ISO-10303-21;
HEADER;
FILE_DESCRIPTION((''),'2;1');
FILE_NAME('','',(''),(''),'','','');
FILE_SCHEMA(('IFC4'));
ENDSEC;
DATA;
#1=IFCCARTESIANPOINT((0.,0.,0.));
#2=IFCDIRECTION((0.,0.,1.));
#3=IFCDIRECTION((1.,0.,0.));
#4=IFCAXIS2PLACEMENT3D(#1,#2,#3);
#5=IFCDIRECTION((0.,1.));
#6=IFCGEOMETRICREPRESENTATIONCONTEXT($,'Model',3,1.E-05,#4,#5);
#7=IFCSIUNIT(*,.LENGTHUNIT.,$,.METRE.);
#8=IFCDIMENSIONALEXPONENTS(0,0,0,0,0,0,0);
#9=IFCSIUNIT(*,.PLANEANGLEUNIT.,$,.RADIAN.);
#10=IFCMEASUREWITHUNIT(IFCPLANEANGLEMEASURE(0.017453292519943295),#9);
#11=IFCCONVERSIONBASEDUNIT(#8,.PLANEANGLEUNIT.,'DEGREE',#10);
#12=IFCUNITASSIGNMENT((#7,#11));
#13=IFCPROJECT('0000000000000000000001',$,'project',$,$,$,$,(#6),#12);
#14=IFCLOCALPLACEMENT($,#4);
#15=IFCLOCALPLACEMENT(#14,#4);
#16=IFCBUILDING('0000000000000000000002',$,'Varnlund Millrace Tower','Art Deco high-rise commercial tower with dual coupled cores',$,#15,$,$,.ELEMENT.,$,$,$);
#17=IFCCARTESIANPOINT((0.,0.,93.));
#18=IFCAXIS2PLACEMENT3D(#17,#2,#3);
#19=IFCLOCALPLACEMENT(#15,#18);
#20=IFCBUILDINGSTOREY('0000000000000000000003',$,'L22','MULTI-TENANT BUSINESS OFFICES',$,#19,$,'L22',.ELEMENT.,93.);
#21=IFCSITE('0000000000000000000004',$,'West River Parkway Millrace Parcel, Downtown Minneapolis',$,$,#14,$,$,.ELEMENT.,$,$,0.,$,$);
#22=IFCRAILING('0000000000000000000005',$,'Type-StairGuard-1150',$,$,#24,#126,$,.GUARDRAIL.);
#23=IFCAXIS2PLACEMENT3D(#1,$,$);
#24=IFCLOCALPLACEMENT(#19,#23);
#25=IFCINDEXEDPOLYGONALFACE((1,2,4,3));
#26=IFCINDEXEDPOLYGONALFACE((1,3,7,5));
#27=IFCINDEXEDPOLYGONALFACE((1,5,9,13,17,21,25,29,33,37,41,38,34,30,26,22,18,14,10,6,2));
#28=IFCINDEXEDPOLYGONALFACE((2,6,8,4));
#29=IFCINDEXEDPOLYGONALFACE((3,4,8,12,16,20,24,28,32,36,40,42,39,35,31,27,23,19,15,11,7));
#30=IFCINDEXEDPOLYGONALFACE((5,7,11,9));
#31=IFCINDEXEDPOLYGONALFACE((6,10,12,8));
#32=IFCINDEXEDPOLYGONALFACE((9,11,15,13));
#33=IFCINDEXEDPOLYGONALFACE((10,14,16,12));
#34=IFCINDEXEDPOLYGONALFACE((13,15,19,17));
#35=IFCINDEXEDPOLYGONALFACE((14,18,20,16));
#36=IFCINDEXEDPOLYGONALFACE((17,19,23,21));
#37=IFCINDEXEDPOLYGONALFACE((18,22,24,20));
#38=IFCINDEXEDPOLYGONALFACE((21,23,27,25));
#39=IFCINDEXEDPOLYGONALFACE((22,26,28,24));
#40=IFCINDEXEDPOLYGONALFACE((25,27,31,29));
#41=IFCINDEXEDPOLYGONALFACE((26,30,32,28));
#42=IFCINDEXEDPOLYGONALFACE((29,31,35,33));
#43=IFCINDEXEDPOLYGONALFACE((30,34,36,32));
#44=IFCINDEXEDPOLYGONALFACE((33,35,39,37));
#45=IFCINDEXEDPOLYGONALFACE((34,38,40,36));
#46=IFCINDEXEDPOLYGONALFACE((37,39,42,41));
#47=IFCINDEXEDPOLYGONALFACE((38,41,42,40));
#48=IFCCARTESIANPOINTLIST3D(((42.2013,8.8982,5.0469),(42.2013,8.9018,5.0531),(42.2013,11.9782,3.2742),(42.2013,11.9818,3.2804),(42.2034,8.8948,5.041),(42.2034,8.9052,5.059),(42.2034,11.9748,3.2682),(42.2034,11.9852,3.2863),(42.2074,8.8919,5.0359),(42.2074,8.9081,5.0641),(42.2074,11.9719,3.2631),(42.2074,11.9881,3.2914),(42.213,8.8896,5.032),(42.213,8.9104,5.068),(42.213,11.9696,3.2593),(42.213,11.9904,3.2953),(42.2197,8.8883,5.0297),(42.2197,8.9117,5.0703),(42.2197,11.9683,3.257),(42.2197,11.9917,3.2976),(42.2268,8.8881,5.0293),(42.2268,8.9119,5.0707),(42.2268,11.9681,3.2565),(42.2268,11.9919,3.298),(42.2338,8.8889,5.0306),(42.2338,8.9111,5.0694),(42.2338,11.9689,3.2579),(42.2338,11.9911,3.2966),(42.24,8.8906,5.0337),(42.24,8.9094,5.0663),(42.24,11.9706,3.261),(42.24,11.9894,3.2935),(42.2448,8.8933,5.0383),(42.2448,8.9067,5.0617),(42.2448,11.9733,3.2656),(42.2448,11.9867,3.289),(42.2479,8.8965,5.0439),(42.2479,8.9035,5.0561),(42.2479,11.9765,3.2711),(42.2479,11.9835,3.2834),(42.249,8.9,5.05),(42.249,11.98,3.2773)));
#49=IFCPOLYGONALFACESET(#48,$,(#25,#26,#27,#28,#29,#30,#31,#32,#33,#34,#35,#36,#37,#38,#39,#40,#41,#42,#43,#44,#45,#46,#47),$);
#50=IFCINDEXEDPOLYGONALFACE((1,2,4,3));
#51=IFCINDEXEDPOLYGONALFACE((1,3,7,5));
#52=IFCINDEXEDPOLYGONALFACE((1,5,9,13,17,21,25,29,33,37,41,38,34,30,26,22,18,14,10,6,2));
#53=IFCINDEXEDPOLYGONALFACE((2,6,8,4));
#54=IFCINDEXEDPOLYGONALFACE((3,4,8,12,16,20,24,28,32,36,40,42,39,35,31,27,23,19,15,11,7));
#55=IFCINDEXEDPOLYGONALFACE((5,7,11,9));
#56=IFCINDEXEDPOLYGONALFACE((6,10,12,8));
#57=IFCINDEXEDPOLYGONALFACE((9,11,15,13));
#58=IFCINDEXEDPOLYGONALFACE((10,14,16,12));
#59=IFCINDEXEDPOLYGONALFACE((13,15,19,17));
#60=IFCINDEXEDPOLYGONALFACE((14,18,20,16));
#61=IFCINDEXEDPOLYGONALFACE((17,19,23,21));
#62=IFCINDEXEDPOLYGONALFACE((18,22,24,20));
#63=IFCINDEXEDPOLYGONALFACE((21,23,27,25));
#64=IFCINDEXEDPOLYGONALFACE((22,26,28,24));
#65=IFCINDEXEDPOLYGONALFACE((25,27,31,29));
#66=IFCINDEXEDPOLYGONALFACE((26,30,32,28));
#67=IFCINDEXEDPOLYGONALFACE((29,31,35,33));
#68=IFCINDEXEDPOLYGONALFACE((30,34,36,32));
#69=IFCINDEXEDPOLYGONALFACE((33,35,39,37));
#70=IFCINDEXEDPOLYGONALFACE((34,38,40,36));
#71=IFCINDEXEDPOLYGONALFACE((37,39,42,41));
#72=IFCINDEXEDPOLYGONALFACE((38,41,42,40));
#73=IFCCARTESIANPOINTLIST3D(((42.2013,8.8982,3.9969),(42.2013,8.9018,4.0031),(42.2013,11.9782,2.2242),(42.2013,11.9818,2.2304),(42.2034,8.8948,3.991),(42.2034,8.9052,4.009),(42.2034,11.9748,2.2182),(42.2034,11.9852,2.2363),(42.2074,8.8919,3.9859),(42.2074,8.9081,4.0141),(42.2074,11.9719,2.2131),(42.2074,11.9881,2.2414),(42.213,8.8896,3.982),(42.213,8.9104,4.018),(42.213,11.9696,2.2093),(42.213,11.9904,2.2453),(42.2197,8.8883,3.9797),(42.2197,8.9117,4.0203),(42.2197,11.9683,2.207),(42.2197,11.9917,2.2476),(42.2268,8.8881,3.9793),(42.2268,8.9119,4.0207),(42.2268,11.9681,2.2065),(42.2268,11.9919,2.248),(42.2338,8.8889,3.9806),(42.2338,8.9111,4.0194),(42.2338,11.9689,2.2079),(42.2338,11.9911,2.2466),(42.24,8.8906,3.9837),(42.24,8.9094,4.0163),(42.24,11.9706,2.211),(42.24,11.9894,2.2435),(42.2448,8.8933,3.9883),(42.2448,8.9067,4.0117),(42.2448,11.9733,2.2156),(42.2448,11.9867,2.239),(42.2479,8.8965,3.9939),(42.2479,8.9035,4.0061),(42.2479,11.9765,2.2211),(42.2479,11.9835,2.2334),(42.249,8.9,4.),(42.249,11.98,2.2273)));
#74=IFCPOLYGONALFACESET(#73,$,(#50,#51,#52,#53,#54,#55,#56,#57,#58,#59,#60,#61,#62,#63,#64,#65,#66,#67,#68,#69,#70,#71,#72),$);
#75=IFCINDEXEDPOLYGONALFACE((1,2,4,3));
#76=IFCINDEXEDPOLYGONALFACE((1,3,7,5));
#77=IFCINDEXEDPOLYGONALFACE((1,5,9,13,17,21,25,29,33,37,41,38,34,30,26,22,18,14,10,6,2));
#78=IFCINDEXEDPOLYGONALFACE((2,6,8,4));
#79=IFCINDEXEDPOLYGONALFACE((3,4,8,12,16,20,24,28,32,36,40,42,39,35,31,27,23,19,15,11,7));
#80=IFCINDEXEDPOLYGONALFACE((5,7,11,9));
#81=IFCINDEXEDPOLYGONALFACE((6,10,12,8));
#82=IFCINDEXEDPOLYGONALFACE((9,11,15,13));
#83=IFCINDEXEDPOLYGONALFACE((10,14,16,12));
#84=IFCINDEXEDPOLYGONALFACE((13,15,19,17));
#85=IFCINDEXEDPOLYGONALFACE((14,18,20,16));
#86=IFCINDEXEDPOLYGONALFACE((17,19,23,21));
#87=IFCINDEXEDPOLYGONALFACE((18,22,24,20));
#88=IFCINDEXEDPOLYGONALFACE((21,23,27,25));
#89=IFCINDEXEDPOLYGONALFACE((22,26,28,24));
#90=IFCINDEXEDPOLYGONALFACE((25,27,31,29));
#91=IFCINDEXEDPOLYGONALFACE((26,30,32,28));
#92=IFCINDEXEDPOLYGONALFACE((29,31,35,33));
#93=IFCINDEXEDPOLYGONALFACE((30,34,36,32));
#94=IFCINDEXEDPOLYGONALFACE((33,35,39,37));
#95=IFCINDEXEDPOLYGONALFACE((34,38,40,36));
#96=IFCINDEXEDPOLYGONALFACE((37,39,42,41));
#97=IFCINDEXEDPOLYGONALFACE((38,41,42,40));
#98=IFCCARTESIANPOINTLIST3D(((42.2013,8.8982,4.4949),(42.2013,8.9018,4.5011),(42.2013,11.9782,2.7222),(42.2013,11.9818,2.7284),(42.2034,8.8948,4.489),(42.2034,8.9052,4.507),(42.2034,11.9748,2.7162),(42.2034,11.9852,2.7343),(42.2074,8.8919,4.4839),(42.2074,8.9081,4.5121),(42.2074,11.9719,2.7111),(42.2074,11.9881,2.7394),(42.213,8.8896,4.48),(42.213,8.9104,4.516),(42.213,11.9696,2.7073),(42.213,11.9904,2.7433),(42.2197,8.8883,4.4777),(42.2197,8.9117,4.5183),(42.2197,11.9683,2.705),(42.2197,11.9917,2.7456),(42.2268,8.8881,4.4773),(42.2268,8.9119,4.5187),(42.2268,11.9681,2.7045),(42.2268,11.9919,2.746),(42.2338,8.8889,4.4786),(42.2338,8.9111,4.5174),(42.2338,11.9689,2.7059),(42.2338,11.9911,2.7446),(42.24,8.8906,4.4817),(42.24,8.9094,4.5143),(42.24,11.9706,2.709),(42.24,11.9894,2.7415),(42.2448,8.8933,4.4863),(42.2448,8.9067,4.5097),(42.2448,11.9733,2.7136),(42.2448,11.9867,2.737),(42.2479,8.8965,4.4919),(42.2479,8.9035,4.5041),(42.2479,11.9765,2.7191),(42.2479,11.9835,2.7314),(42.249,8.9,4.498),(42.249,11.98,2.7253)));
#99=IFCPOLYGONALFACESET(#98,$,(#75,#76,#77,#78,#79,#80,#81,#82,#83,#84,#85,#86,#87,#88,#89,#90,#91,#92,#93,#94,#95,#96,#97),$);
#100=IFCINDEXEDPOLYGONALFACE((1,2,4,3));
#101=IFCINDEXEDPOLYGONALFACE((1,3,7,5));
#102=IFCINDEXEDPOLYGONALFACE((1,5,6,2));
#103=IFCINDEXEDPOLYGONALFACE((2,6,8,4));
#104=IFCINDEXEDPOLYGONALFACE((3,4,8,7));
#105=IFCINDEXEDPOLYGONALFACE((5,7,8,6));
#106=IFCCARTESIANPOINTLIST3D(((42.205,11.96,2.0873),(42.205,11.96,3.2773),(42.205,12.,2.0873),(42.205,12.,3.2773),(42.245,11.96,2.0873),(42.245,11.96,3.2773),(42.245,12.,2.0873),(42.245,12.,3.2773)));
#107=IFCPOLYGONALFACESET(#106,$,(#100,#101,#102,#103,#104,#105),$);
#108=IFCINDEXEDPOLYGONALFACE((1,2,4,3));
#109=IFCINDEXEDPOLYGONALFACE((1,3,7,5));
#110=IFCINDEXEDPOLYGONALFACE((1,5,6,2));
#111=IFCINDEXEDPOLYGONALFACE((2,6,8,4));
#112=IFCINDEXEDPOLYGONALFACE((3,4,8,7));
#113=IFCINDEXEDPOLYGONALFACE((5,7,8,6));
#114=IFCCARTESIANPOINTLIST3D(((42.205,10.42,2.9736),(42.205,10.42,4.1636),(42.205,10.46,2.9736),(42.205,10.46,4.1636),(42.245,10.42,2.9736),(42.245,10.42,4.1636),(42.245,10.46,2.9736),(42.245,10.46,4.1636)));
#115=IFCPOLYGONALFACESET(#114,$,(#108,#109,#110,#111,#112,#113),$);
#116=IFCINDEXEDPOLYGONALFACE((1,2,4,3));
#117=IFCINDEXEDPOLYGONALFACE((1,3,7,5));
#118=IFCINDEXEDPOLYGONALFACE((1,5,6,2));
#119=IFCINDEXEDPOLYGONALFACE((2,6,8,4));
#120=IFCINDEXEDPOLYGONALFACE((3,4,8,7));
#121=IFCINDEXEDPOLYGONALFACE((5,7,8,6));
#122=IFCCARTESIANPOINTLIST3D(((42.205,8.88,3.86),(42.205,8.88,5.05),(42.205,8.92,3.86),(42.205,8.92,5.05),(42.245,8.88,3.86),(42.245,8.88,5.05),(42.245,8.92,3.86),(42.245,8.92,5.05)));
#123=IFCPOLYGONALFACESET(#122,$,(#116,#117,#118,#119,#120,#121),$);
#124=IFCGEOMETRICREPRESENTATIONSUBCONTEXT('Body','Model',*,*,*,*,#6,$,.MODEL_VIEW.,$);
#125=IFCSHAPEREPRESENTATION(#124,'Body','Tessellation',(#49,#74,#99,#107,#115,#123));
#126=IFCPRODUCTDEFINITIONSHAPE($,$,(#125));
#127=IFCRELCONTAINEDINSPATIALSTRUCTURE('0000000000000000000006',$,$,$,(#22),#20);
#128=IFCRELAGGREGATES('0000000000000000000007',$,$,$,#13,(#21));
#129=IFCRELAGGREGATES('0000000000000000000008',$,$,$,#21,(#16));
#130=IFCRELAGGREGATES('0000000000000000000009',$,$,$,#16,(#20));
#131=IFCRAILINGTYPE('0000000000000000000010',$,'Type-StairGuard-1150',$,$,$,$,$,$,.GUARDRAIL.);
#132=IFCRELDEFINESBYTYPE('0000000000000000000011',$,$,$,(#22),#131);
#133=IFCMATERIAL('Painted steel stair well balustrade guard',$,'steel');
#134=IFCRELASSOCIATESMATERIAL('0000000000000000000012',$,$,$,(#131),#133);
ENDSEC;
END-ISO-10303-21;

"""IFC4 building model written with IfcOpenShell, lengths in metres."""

from ifc_helpers import new_model, entity, si_unit, converted_unit, direction, frame, origin_with_axes, origin_2d_with_axis, place, context, subcontext, project, spatial, rectangle, circle, extrude, material, type_object, element, save


model = new_model("IFC4")

# Units and contexts
model_context = context("Model", 3, precision=1e-05, world=origin_with_axes(), true_north=direction((0.0, 1.0)))
body_context = subcontext(model_context, "Body", "Model", "MODEL_VIEW")
ifc_project = project(units=[si_unit("LENGTHUNIT", "METRE"), converted_unit("PLANEANGLEUNIT", "DEGREE", entity("IfcPlaneAngleMeasure", 0.017453292519943295), si_unit("PLANEANGLEUNIT", "RADIAN"), dimensions=[0, 0, 0, 0, 0, 0, 0])], contexts=[model_context])

# Site, building, storey
site_placement = place(None, origin_with_axes())
site = spatial("IfcSite", under=ifc_project, at=site_placement, Name="West River Parkway Millrace Parcel, Downtown Minneapolis", CompositionType="ELEMENT", RefElevation=0.0)
building_placement = place(site_placement, origin_with_axes())
building = spatial("IfcBuilding", under=site, at=building_placement, Name="Varnlund Millrace Tower", Description="Art Deco high-rise commercial tower with dual coupled cores", CompositionType="ELEMENT")
storey_placement = place(building_placement, frame((0.0, 0.0, 93.0), z_axis=(0.0, 0.0, 1.0), x_axis=(1.0, 0.0, 0.0)))
storey = spatial("IfcBuildingStorey", under=building, at=storey_placement, Name="L22", Description="MULTI-TENANT BUSINESS OFFICES", LongName="L22", CompositionType="ELEMENT", Elevation=93.0)

# Railing
ifc_material_1 = material(Name="Painted steel stair well balustrade guard", Category="steel")
railing_type_1 = type_object("IfcRailingType", Name="Type-StairGuard-1150", PredefinedType="GUARDRAIL", material=ifc_material_1)
railing_1_placement = place(storey_placement, frame((0.0, 0.0, -93.0), z_axis=(0.0, 0.0, 1.0), x_axis=(1.0, 0.0, 0.0)))
element("IfcRailing", 1, at=railing_1_placement, inside=storey, type_object=railing_type_1, Name="Type-StairGuard-1150", PredefinedType="GUARDRAIL", context=body_context, shape_type="SweptSolid", body=[
    extrude(circle(Radius=0.024, at=origin_2d_with_axis()), frame((42.225, 11.98, 96.2773), z_axis=(0.0, -0.866696, 0.498836), x_axis=(1.0, 0.0, 0.0)), (0.0, 0.0, 1.0), 3.5537),
    extrude(circle(Radius=0.024, at=origin_2d_with_axis()), frame((42.225, 11.98, 95.2273), z_axis=(0.0, -0.866696, 0.498836), x_axis=(1.0, 0.0, 0.0)), (0.0, 0.0, 1.0), 3.5537),
    extrude(circle(Radius=0.024, at=origin_2d_with_axis()), frame((42.225, 11.98, 95.7253), z_axis=(0.0, -0.866696, 0.498836), x_axis=(1.0, 0.0, 0.0)), (0.0, 0.0, 1.0), 3.5537),
    extrude(rectangle(XDim=0.04, YDim=0.04, at=origin_2d_with_axis()), frame((42.225, 11.98, 95.0873), z_axis=(0.0, 0.0, 1.0), x_axis=(1.0, 0.0, 0.0)), (0.0, 0.0, 1.0), 1.19),
    extrude(rectangle(XDim=0.04, YDim=0.04, at=origin_2d_with_axis()), frame((42.225, 10.44, 95.9736), z_axis=(0.0, 0.0, 1.0), x_axis=(1.0, 0.0, 0.0)), (0.0, 0.0, 1.0), 1.19),
    extrude(rectangle(XDim=0.04, YDim=0.04, at=origin_2d_with_axis()), frame((42.225, 8.9, 96.86), z_axis=(0.0, 0.0, 1.0), x_axis=(1.0, 0.0, 0.0)), (0.0, 0.0, 1.0), 1.19),
])

save(model, "model.ifc")
